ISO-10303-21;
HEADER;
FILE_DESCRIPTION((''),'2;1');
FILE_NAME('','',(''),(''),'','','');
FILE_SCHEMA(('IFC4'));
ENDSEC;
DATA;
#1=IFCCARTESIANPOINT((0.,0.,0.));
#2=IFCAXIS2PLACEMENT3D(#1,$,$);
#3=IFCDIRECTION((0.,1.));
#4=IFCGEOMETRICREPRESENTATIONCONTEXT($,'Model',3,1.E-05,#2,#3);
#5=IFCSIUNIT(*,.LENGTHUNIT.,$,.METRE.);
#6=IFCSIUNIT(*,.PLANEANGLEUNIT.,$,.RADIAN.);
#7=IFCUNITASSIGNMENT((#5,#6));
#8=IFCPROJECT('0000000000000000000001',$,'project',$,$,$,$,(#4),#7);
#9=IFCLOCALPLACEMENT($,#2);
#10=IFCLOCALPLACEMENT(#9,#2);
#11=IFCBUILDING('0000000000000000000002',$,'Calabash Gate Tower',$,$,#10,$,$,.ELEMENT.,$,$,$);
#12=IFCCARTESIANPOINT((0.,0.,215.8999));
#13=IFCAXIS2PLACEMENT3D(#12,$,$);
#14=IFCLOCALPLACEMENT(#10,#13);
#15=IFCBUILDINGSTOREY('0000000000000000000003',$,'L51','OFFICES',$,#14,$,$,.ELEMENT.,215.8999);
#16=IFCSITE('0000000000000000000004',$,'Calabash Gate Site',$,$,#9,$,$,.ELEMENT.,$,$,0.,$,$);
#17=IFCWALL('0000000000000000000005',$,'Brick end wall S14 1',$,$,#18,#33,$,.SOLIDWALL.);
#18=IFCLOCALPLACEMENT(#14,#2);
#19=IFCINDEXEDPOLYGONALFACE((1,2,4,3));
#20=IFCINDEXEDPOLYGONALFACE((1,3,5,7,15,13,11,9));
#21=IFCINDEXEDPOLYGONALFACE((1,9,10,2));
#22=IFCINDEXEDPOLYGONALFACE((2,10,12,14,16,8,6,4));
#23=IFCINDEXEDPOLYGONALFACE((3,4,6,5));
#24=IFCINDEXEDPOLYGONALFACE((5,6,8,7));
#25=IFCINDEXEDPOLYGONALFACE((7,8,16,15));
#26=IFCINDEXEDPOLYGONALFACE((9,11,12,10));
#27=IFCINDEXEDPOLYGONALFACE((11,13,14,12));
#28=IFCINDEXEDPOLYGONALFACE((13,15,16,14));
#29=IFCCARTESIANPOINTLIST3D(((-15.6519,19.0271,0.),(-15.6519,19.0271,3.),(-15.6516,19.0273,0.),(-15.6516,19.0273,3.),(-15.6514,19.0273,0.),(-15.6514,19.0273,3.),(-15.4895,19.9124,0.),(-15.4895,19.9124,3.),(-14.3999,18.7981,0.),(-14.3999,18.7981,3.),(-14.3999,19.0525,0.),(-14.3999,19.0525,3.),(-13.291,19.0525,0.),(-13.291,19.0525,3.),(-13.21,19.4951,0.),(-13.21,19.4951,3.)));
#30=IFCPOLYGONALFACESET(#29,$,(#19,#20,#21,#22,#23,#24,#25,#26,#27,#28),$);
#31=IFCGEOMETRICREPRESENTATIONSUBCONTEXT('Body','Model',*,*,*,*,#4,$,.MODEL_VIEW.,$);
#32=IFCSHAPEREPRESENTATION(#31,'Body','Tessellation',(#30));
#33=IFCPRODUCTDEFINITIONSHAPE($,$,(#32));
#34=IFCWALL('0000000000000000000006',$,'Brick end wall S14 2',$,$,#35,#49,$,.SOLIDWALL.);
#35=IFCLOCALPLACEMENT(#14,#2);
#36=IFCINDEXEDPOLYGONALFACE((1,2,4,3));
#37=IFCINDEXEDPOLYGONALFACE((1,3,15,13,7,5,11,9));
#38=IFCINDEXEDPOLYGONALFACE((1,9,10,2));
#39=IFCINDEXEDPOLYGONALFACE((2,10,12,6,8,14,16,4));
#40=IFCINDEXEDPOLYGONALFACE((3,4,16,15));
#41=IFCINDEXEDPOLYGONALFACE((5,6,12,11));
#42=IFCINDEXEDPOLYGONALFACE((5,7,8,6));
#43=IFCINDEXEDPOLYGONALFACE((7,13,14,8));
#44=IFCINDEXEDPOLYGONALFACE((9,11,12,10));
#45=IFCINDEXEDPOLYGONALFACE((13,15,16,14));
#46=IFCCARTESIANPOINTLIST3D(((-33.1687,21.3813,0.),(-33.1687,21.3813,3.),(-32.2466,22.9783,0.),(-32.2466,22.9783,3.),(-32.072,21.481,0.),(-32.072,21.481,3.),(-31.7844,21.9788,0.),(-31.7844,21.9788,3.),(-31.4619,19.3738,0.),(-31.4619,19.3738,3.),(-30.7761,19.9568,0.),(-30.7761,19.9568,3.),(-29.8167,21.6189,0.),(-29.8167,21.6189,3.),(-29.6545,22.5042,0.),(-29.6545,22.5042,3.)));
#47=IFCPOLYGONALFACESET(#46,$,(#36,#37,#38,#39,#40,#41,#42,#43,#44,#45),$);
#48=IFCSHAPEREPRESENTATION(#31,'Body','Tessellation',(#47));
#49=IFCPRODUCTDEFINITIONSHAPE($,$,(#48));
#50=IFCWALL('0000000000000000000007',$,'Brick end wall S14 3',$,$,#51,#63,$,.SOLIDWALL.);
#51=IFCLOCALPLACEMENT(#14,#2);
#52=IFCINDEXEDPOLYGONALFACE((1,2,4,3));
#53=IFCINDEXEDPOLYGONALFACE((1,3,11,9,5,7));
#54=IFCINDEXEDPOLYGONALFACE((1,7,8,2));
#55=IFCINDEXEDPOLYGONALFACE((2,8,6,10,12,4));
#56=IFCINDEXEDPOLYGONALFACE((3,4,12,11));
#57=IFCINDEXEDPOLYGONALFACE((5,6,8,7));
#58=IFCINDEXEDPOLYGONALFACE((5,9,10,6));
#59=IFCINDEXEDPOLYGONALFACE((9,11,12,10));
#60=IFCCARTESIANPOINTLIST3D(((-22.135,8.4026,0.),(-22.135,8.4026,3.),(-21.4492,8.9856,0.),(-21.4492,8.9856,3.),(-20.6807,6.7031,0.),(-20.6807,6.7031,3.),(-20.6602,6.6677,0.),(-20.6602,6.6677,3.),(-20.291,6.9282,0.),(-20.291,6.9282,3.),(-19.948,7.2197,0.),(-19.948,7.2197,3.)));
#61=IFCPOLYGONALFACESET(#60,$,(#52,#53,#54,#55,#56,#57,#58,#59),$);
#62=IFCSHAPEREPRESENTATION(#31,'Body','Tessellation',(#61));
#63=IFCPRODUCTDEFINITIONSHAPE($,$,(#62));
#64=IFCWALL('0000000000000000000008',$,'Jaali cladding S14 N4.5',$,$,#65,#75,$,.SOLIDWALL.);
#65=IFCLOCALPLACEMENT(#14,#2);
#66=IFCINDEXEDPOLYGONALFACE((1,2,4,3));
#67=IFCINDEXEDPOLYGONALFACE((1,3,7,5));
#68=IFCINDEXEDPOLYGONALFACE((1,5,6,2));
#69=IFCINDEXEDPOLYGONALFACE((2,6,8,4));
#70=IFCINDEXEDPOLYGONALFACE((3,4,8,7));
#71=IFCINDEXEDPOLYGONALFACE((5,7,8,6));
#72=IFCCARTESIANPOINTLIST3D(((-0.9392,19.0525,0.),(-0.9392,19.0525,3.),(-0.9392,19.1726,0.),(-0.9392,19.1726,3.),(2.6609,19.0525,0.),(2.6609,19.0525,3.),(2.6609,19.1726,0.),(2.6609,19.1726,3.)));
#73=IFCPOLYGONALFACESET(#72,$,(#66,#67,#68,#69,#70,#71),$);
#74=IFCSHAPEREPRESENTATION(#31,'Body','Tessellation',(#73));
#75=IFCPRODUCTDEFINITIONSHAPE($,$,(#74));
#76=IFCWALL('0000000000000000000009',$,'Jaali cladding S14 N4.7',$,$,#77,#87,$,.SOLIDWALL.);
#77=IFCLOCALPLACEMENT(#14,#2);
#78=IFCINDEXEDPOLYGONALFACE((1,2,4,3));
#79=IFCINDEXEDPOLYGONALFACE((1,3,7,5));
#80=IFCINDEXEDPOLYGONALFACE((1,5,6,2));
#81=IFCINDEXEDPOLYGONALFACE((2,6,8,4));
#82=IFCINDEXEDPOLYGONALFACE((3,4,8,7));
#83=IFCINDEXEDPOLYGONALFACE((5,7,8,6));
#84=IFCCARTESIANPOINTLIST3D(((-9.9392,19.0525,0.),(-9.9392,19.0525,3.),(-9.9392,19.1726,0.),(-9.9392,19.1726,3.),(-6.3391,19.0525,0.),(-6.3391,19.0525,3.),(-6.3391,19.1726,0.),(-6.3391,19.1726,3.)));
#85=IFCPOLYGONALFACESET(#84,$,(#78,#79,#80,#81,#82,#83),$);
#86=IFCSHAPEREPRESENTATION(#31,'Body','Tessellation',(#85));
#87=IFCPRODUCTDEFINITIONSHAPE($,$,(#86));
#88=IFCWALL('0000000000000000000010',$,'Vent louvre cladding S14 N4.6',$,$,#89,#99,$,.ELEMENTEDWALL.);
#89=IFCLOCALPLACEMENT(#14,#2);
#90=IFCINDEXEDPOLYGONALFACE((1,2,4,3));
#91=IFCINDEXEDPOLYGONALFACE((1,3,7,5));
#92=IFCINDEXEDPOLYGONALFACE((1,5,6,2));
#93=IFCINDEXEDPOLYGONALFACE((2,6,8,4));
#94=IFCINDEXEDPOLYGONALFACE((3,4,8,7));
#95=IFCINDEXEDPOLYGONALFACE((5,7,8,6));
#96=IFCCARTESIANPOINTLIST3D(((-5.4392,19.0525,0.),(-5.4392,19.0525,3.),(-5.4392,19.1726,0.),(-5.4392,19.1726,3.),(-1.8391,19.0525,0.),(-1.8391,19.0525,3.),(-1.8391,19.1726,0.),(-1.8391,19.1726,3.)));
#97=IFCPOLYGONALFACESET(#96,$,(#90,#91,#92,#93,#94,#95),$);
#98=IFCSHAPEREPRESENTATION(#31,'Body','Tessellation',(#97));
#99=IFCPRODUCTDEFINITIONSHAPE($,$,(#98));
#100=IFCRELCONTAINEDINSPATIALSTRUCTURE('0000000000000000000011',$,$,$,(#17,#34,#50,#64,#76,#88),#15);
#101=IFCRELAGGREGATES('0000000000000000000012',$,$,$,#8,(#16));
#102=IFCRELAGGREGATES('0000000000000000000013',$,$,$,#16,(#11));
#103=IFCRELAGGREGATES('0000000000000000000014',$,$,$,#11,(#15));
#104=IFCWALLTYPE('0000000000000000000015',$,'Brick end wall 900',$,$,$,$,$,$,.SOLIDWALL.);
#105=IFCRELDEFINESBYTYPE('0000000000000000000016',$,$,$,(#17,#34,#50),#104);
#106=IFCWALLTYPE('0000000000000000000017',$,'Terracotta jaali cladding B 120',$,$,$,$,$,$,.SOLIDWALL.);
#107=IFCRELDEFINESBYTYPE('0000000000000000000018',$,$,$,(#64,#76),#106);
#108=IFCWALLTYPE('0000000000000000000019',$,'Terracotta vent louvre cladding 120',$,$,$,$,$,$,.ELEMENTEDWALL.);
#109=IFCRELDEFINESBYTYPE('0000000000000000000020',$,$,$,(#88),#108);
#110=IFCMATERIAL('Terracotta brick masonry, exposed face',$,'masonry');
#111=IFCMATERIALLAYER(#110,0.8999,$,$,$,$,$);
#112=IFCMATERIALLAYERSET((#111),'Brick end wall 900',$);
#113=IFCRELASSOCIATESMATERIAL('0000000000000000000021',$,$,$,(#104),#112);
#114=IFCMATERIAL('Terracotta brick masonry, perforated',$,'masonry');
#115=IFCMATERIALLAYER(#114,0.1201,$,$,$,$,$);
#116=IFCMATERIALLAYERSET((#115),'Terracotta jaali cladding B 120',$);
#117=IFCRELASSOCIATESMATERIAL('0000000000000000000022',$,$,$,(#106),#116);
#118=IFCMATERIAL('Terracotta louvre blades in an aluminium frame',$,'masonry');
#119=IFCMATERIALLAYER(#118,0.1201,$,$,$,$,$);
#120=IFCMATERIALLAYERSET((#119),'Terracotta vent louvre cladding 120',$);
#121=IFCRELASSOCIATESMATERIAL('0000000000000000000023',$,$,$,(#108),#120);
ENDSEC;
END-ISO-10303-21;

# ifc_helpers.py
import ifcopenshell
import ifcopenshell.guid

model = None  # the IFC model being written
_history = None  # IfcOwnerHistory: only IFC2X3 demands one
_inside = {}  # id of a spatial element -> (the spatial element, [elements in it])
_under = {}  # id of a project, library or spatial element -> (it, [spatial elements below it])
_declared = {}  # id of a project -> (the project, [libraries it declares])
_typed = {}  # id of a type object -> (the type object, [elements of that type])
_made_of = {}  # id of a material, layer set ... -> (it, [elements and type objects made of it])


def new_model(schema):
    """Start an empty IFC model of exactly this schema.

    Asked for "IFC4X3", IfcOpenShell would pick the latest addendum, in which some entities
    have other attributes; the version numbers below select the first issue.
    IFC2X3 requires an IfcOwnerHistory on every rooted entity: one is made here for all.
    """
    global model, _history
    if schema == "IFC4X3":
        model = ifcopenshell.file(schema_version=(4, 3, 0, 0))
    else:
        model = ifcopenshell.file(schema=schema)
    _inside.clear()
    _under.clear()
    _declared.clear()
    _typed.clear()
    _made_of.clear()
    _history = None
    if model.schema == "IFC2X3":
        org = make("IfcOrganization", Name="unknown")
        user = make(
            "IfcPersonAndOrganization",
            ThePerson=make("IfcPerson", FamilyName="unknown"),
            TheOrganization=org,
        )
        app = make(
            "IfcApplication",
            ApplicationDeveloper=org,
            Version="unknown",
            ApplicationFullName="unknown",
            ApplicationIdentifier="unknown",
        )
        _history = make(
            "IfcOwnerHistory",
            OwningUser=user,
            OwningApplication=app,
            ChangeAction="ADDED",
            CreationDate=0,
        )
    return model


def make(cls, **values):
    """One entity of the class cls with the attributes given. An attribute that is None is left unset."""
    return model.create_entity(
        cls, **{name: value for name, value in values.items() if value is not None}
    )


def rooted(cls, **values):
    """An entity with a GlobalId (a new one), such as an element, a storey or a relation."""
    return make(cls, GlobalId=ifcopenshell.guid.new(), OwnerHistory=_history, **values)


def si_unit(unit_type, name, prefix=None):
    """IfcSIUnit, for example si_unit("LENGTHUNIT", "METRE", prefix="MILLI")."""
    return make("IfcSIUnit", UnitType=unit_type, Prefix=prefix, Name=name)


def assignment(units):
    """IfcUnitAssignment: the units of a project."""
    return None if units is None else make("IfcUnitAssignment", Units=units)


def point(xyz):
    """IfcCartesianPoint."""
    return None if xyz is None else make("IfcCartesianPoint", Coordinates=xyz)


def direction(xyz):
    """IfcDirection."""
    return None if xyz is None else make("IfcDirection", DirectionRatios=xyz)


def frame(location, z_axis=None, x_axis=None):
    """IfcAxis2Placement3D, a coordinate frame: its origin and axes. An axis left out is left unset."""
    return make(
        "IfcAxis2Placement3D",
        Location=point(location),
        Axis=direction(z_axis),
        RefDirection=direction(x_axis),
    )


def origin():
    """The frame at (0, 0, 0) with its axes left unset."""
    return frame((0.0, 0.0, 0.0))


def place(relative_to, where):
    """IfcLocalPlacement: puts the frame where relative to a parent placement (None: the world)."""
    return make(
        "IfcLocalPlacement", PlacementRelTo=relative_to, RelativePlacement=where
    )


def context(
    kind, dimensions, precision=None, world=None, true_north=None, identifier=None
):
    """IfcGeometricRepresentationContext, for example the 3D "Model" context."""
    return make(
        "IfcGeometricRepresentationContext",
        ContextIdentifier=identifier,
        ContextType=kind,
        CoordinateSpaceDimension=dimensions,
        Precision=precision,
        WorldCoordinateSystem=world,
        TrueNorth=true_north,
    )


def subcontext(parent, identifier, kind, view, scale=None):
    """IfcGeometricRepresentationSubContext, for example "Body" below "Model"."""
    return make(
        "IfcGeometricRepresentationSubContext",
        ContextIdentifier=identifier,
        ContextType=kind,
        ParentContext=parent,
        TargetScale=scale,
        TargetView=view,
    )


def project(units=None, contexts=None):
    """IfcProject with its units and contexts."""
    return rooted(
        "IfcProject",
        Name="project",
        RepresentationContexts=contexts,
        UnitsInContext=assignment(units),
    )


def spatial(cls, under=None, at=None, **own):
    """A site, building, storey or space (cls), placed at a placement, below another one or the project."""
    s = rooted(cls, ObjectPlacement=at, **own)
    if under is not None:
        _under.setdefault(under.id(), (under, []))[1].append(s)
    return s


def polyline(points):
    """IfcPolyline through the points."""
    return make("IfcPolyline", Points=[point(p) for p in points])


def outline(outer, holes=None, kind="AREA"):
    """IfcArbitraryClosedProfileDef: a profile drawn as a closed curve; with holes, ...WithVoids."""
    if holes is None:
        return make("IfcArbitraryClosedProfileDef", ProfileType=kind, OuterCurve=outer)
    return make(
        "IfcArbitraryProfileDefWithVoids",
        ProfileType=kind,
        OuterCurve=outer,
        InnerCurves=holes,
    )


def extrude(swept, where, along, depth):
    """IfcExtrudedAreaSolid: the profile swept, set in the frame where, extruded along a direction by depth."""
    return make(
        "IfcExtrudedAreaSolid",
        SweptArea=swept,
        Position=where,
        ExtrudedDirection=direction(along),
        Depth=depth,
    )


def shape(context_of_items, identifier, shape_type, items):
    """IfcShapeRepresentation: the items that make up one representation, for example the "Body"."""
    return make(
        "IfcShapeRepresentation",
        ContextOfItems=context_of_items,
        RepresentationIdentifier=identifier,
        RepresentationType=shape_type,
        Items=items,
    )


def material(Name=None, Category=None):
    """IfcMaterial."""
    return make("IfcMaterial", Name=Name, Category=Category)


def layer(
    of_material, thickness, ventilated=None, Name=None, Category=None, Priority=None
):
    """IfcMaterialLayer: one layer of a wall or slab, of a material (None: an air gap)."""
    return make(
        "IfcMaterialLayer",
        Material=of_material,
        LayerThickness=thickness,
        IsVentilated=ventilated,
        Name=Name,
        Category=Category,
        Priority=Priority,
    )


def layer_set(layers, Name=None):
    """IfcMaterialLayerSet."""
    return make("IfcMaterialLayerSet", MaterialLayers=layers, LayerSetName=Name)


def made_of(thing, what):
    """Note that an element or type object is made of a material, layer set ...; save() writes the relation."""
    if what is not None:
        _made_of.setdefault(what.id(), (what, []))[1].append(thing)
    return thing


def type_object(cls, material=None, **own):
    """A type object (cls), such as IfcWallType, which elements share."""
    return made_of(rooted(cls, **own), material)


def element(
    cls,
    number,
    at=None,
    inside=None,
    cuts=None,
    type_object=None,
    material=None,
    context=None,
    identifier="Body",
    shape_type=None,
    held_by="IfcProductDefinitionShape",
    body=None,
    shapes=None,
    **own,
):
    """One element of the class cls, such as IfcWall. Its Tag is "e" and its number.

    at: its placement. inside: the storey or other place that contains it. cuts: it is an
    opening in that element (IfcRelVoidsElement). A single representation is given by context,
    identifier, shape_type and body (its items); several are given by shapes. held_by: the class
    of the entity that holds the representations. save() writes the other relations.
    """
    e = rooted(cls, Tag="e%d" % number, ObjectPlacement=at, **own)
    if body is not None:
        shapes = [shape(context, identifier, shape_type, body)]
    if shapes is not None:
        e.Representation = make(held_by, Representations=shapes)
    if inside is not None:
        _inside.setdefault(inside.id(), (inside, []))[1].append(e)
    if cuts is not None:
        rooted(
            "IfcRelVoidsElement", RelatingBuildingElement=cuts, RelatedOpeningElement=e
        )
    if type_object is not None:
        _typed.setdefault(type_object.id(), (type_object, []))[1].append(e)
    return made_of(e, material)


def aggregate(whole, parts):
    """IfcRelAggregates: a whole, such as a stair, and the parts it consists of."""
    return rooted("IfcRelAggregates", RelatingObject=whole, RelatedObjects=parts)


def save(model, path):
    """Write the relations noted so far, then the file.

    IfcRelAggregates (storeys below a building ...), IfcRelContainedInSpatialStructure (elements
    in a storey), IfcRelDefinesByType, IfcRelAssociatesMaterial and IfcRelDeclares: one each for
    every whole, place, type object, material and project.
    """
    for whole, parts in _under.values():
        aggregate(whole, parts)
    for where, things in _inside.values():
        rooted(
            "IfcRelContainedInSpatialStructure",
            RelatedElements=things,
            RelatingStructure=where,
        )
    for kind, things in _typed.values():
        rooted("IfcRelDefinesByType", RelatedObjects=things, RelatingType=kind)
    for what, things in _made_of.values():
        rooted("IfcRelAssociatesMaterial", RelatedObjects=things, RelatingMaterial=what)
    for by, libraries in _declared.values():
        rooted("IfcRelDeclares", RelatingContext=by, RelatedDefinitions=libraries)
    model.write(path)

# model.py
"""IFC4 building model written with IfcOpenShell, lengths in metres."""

from ifc_helpers import new_model, si_unit, direction, frame, origin, place, context, subcontext, project, spatial, polyline, outline, extrude, material, layer, layer_set, type_object, element, save


model = new_model("IFC4")

# Units and contexts
model_context = context("Model", 3, precision=1e-05, world=origin(), true_north=direction((0.0, 1.0)))
body_context = subcontext(model_context, "Body", "Model", "MODEL_VIEW")
ifc_project = project(units=[si_unit("LENGTHUNIT", "METRE"), si_unit("PLANEANGLEUNIT", "RADIAN")], contexts=[model_context])

# Site, building, storey
site_placement = place(None, origin())
site = spatial("IfcSite", under=ifc_project, at=site_placement, Name="Calabash Gate Site", CompositionType="ELEMENT", RefElevation=0.0)
building_placement = place(site_placement, origin())
building = spatial("IfcBuilding", under=site, at=building_placement, Name="Calabash Gate Tower", CompositionType="ELEMENT")
storey_placement = place(building_placement, frame((0.0, 0.0, 215.8999)))
storey = spatial("IfcBuildingStorey", under=building, at=storey_placement, Name="L51", Description="OFFICES", CompositionType="ELEMENT", Elevation=215.8999)

# Walls
ifc_material_1 = material(Name="Terracotta brick masonry, exposed face", Category="masonry")
ifc_layer_1 = layer(ifc_material_1, 0.8999)
ifc_layer_set_1 = layer_set([ifc_layer_1], Name="Brick end wall 900")
wall_type_1 = type_object("IfcWallType", Name="Brick end wall 900", PredefinedType="SOLIDWALL", material=ifc_layer_set_1)
wall_1_placement = place(storey_placement, origin())
element("IfcWall", 1, at=wall_1_placement, inside=storey, type_object=wall_type_1, Name="Brick end wall S14 1", PredefinedType="SOLIDWALL", context=body_context, shape_type="SweptSolid", body=[
    extrude(outline(polyline([(-15.6516, 19.0273), (-15.6519, 19.0271), (-14.3999, 18.7981), (-14.3999, 19.0525), (-13.291, 19.0525), (-13.21, 19.4951), (-15.4895, 19.9124), (-15.6514, 19.0273), (-15.6516, 19.0273)])), origin(), (0.0, 0.0, 1.0), 3.0),
])
wall_2_placement = place(storey_placement, origin())
element("IfcWall", 2, at=wall_2_placement, inside=storey, type_object=wall_type_1, Name="Brick end wall S14 2", PredefinedType="SOLIDWALL", context=body_context, shape_type="SweptSolid", body=[
    extrude(outline(polyline([(-31.7844, 21.9788), (-29.8167, 21.6189), (-29.6545, 22.5042), (-32.2466, 22.9783), (-33.1687, 21.3813), (-31.4619, 19.3738), (-30.7761, 19.9568), (-32.072, 21.481), (-31.7844, 21.9788)])), origin(), (0.0, 0.0, 1.0), 3.0),
])
wall_3_placement = place(storey_placement, origin())
element("IfcWall", 3, at=wall_3_placement, inside=storey, type_object=wall_type_1, Name="Brick end wall S14 3", PredefinedType="SOLIDWALL", context=body_context, shape_type="SweptSolid", body=[
    extrude(outline(polyline([(-19.948, 7.2197), (-21.4492, 8.9856), (-22.135, 8.4026), (-20.6602, 6.6677), (-20.6807, 6.7031), (-20.291, 6.9282), (-19.948, 7.2197)])), origin(), (0.0, 0.0, 1.0), 3.0),
])
ifc_material_2 = material(Name="Terracotta brick masonry, perforated", Category="masonry")
ifc_layer_2 = layer(ifc_material_2, 0.1201)
ifc_layer_set_2 = layer_set([ifc_layer_2], Name="Terracotta jaali cladding B 120")
wall_type_2 = type_object("IfcWallType", Name="Terracotta jaali cladding B 120", PredefinedType="SOLIDWALL", material=ifc_layer_set_2)
wall_4_placement = place(storey_placement, origin())
element("IfcWall", 4, at=wall_4_placement, inside=storey, type_object=wall_type_2, Name="Jaali cladding S14 N4.5", PredefinedType="SOLIDWALL", context=body_context, shape_type="SweptSolid", body=[
    extrude(outline(polyline([(-0.9392, 19.1726), (-0.9392, 19.0525), (2.6609, 19.0525), (2.6609, 19.1726), (-0.9392, 19.1726)])), origin(), (0.0, 0.0, 1.0), 3.0),
])
wall_5_placement = place(storey_placement, origin())
element("IfcWall", 5, at=wall_5_placement, inside=storey, type_object=wall_type_2, Name="Jaali cladding S14 N4.7", PredefinedType="SOLIDWALL", context=body_context, shape_type="SweptSolid", body=[
    extrude(outline(polyline([(-9.9392, 19.1726), (-9.9392, 19.0525), (-6.3391, 19.0525), (-6.3391, 19.1726), (-9.9392, 19.1726)])), origin(), (0.0, 0.0, 1.0), 3.0),
])
ifc_material_3 = material(Name="Terracotta louvre blades in an aluminium frame", Category="masonry")
ifc_layer_3 = layer(ifc_material_3, 0.1201)
ifc_layer_set_3 = layer_set([ifc_layer_3], Name="Terracotta vent louvre cladding 120")
wall_type_3 = type_object("IfcWallType", Name="Terracotta vent louvre cladding 120", PredefinedType="ELEMENTEDWALL", material=ifc_layer_set_3)
wall_6_placement = place(storey_placement, origin())
element("IfcWall", 6, at=wall_6_placement, inside=storey, type_object=wall_type_3, Name="Vent louvre cladding S14 N4.6", PredefinedType="ELEMENTEDWALL", context=body_context, shape_type="SweptSolid", body=[
    extrude(outline(polyline([(-5.4392, 19.1726), (-5.4392, 19.0525), (-1.8391, 19.0525), (-1.8391, 19.1726), (-5.4392, 19.1726)])), origin(), (0.0, 0.0, 1.0), 3.0),
])

save(model, "model.ifc")
